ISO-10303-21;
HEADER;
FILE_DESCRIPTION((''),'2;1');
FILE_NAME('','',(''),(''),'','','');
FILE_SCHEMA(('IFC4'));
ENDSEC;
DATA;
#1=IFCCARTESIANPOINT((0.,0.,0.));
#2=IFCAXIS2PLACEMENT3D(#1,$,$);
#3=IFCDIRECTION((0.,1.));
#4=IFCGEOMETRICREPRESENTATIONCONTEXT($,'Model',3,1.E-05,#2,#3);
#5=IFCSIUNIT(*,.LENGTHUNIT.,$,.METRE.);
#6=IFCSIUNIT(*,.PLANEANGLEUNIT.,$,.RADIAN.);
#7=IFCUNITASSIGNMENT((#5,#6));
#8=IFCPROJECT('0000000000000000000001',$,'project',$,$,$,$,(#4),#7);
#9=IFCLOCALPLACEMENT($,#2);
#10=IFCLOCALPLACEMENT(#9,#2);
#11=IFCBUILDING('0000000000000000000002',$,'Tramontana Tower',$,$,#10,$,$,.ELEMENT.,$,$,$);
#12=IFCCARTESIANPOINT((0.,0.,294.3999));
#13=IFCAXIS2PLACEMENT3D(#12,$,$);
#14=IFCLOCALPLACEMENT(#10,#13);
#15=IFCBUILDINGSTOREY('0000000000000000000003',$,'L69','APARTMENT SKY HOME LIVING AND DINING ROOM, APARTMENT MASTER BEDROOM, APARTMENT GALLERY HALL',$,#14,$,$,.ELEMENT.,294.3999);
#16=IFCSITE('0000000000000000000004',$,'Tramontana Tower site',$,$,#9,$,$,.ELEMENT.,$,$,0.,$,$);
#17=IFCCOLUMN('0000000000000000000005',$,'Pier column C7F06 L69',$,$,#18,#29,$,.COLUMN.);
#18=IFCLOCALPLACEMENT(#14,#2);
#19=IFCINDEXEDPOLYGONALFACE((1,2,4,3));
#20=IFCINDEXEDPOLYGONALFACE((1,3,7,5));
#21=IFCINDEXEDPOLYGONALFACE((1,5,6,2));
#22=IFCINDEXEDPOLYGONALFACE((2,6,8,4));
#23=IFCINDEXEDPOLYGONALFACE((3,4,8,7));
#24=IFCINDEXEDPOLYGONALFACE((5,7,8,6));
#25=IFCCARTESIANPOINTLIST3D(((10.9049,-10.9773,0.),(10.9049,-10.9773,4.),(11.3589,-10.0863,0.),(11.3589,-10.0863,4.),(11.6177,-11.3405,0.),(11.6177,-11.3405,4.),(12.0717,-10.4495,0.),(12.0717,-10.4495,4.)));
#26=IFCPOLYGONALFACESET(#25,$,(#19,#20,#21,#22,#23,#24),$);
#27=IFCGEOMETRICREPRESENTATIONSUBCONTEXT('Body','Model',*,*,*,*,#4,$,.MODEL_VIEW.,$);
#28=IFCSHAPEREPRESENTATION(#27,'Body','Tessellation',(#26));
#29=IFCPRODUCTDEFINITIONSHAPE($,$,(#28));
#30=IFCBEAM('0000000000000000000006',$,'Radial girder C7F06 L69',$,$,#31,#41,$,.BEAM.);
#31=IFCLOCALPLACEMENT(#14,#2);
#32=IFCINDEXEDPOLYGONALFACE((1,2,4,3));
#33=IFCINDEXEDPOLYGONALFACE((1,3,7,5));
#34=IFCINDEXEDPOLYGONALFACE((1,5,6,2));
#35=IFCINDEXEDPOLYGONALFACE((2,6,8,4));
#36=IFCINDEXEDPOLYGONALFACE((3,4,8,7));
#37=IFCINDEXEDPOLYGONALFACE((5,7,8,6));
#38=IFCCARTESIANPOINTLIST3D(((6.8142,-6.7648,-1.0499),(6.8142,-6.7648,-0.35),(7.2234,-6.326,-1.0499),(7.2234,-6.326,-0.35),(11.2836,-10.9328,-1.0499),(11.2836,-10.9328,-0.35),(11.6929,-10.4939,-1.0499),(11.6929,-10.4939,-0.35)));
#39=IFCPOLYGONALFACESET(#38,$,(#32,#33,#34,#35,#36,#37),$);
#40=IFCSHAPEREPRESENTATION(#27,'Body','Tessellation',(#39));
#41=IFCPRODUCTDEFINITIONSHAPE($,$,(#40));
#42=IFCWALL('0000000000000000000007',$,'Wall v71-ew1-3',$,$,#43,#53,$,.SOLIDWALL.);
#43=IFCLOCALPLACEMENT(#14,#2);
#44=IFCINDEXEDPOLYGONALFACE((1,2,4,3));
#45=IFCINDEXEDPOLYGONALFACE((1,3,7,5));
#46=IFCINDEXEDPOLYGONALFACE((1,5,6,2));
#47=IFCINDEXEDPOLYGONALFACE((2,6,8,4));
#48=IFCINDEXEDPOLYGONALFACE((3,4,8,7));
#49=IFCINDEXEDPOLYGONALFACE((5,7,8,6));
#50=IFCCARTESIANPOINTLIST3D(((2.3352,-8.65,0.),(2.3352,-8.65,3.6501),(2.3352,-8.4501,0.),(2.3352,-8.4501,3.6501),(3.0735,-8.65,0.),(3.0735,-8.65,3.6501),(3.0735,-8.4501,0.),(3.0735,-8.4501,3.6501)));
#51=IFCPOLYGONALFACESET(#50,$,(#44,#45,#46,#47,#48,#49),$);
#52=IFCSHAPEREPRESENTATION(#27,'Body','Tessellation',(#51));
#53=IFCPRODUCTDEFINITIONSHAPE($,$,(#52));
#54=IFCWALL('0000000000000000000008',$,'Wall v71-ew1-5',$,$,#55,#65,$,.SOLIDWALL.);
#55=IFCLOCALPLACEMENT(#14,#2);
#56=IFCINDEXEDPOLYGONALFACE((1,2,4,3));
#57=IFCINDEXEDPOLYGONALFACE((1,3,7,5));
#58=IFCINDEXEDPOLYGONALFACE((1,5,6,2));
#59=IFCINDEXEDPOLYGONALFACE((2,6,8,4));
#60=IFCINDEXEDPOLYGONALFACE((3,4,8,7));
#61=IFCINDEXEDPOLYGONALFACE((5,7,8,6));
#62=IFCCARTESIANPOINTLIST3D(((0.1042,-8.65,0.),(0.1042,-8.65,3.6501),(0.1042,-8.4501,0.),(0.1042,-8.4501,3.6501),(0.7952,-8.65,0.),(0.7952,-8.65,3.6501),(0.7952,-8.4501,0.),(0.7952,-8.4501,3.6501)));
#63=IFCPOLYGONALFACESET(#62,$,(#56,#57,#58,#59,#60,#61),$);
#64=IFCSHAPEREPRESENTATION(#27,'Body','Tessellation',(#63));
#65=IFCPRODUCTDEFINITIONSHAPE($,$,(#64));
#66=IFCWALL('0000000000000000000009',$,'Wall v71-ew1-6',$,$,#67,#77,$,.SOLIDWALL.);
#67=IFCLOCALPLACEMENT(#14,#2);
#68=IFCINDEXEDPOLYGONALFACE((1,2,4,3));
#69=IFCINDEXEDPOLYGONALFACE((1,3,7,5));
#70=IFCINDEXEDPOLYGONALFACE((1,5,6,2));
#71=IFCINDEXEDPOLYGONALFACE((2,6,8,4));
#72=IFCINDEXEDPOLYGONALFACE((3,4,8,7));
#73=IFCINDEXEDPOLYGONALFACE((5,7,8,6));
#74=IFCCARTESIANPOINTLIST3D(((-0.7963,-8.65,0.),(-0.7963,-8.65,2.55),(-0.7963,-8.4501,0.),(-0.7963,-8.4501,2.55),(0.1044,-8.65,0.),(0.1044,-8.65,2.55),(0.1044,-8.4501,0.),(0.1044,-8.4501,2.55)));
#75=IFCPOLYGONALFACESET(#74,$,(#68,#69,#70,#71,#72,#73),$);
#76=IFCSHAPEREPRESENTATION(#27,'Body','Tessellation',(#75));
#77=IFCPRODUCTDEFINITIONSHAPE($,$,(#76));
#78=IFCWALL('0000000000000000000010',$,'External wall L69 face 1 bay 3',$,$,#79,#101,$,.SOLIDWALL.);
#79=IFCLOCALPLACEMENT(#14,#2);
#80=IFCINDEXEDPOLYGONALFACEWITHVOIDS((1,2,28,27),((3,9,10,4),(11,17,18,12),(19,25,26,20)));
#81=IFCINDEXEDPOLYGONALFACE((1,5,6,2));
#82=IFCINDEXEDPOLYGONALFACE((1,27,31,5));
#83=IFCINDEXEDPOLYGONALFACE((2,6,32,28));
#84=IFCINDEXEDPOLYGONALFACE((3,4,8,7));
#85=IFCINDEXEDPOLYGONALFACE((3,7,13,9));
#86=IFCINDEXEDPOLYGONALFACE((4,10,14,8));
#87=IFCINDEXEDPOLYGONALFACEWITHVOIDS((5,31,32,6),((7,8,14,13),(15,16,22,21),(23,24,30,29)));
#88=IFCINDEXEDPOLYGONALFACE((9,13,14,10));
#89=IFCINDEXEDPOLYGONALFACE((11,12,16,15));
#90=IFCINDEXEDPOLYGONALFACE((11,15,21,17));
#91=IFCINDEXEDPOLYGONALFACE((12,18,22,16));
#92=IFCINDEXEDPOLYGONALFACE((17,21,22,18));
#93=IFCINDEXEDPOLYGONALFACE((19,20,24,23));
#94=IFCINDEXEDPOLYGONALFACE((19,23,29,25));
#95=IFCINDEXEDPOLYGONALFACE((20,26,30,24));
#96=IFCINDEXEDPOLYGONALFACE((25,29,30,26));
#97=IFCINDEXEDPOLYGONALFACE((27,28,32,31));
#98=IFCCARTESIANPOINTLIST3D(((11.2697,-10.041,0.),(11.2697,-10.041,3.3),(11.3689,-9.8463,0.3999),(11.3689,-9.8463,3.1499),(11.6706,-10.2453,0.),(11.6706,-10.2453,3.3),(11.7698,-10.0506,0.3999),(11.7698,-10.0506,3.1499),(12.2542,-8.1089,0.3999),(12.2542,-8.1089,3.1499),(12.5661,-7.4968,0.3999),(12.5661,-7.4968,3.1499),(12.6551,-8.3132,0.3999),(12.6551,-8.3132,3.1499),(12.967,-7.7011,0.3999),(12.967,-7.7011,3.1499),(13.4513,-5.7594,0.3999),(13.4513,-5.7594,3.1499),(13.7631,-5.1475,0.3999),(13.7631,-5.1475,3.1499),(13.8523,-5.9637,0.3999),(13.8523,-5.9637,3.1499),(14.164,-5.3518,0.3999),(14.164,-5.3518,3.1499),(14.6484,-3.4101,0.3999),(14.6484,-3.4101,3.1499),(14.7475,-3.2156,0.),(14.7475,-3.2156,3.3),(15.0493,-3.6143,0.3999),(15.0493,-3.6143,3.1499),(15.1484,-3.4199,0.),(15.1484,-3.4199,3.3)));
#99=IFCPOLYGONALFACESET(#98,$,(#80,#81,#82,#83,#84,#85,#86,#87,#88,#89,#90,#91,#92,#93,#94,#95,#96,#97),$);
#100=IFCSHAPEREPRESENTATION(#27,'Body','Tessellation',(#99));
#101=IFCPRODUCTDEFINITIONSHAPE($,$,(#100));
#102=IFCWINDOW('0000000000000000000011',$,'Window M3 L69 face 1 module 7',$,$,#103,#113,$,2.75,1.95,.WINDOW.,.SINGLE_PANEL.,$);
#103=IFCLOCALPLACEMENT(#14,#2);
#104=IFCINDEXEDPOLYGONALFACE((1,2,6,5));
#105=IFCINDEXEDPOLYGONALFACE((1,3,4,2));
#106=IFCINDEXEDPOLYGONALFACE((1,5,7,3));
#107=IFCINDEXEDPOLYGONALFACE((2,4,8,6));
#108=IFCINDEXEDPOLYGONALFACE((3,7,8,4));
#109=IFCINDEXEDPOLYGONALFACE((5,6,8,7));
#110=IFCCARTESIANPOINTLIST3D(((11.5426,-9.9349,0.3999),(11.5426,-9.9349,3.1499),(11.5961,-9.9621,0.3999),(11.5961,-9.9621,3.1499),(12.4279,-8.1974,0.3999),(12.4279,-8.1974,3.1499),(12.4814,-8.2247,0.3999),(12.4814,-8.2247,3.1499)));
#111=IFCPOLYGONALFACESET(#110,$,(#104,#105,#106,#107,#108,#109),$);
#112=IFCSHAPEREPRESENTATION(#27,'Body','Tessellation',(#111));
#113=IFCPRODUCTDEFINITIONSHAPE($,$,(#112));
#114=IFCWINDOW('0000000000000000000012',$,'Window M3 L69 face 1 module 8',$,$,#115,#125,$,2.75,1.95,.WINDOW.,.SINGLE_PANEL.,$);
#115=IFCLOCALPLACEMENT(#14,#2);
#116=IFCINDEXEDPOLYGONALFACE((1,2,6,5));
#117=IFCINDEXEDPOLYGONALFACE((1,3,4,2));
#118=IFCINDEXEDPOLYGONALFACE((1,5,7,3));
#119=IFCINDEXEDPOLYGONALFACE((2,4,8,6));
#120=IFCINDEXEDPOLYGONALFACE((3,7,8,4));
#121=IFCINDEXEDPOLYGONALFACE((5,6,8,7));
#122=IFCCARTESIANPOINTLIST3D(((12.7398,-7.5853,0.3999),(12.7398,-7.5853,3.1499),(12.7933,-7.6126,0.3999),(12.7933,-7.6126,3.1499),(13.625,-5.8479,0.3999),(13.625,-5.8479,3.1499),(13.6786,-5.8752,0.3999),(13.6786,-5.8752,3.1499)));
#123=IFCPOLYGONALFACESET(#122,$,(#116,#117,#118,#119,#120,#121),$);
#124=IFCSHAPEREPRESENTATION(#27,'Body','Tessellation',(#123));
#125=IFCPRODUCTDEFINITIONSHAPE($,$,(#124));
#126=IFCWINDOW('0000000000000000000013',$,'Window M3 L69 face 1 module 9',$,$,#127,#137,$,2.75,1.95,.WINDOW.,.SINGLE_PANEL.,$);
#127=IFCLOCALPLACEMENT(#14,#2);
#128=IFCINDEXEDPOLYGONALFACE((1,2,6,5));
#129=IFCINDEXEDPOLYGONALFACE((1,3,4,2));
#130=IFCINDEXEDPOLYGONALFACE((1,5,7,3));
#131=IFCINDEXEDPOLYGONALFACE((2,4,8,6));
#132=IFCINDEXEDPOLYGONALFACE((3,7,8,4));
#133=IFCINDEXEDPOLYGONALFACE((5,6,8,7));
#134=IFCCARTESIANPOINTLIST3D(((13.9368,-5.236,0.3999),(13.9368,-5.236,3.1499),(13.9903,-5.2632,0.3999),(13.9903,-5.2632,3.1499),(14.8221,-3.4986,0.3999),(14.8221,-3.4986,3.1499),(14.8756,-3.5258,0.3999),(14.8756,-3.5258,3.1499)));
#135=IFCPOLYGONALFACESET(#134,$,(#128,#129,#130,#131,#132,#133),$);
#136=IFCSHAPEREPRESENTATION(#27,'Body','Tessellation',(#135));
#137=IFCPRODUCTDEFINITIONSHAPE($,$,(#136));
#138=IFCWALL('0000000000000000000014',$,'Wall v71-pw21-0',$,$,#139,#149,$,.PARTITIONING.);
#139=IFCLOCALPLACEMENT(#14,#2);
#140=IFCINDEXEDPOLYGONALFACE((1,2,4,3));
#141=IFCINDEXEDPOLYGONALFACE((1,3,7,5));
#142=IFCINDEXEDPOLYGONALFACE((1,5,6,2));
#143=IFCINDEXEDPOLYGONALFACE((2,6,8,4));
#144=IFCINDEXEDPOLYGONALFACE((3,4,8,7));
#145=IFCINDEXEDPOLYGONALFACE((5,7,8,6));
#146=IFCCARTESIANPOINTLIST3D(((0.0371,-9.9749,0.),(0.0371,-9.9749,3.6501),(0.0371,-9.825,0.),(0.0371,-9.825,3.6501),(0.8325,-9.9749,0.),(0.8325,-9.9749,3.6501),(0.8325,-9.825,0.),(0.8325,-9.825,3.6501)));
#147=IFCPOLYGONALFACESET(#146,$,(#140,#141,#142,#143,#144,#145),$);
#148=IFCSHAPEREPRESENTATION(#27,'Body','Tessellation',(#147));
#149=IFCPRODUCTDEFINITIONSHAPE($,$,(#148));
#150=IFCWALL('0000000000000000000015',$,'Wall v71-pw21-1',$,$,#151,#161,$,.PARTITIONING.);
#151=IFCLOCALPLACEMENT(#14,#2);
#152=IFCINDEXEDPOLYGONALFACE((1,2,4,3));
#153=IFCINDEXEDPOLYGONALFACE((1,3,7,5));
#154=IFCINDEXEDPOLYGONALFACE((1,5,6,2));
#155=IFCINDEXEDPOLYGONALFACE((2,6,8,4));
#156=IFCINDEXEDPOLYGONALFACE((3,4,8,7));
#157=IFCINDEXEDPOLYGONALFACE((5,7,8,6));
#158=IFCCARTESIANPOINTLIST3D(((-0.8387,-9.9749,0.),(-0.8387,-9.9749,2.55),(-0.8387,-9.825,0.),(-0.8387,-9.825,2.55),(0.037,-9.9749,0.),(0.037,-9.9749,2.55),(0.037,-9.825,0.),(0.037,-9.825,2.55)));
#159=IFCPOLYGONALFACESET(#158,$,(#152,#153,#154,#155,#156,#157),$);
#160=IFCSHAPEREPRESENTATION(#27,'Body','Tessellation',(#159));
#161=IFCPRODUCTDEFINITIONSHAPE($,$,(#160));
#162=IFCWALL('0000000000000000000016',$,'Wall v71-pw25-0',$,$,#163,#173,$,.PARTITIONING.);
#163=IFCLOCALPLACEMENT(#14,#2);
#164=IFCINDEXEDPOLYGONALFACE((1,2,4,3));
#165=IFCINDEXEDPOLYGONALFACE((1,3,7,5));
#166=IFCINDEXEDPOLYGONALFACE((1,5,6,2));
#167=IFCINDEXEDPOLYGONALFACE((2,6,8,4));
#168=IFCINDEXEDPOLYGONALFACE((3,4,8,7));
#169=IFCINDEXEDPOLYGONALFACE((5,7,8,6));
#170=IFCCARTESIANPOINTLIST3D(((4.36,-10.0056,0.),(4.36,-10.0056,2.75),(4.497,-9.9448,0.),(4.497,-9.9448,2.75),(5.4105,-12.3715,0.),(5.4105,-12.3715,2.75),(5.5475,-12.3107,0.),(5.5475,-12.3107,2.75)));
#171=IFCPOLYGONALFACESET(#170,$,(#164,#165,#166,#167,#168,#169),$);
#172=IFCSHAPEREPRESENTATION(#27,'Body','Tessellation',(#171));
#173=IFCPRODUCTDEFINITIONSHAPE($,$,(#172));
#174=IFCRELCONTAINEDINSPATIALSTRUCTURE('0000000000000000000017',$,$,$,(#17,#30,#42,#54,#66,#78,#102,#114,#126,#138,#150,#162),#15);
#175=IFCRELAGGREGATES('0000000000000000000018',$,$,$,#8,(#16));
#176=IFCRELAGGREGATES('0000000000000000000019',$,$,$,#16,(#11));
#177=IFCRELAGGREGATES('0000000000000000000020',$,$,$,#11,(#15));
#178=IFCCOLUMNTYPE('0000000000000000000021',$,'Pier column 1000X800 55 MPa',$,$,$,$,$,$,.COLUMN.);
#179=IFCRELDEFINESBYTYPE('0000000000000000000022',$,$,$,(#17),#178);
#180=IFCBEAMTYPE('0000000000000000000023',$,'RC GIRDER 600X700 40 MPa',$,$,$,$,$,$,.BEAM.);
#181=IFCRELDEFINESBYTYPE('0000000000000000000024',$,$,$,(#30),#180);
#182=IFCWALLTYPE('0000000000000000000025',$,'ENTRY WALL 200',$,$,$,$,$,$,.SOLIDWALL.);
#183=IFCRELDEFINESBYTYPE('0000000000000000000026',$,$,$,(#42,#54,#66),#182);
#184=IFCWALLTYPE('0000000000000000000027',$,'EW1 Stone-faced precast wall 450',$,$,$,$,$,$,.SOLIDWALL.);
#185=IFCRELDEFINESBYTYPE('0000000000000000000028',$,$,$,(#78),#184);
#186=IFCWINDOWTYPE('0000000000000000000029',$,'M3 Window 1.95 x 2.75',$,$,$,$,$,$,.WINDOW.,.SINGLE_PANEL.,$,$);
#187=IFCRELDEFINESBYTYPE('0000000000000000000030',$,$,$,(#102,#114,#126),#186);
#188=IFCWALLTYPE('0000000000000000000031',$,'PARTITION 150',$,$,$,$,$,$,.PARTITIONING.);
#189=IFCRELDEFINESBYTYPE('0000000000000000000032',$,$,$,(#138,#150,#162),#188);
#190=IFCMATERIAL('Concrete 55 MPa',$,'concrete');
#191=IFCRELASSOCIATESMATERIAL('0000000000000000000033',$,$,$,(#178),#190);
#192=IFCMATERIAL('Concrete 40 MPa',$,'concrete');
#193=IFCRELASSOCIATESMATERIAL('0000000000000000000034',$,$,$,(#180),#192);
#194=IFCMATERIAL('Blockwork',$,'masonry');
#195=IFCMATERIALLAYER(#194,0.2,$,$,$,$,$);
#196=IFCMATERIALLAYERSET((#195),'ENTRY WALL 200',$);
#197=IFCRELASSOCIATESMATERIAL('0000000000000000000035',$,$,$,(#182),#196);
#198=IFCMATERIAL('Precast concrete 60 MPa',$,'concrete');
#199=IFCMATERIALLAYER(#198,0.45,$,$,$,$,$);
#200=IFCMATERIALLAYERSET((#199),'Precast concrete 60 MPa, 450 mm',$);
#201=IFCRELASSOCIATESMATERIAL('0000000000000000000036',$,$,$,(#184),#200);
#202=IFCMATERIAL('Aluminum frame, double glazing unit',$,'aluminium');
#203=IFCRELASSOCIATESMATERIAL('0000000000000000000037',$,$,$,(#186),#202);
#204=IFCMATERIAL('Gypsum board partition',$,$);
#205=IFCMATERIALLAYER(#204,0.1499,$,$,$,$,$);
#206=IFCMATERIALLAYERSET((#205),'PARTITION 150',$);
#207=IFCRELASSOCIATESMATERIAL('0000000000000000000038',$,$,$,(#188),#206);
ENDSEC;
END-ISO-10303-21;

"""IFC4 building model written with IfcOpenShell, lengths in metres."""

from ifc_helpers import new_model, si_unit, direction, frame, frame_2d, origin, origin_2d, place, context, subcontext, project, spatial, rectangle, extrude, material, layer, layer_set, material_profile, profile_set, type_object, element, fill, save


model = new_model("IFC4")

# Units and contexts
model_context = context("Model", 3, precision=1e-05, world=origin(), true_north=direction((0.0, 1.0)))
body_context = subcontext(model_context, "Body", "Model", "MODEL_VIEW")
ifc_project = project(units=[si_unit("LENGTHUNIT", "METRE"), si_unit("PLANEANGLEUNIT", "RADIAN")], contexts=[model_context])

# Site, building, storey
site_placement = place(None, origin())
site = spatial("IfcSite", under=ifc_project, at=site_placement, Name="Tramontana Tower site", CompositionType="ELEMENT", RefElevation=0.0)
building_placement = place(site_placement, origin())
building = spatial("IfcBuilding", under=site, at=building_placement, Name="Tramontana Tower", CompositionType="ELEMENT")
storey_placement = place(building_placement, frame((0.0, 0.0, 294.3999)))
storey = spatial("IfcBuildingStorey", under=building, at=storey_placement, Name="L69", Description="APARTMENT SKY HOME LIVING AND DINING ROOM, APARTMENT MASTER BEDROOM, APARTMENT GALLERY HALL", CompositionType="ELEMENT", Elevation=294.3999)

# Column
ifc_material_1 = material(Name="Concrete 55 MPa", Category="concrete")
ifc_material_profile_1 = material_profile(ifc_material_1, rectangle(XDim=1.0, YDim=0.8, at=origin_2d()), Name="Pier column 1000X800 55 MPa")
ifc_profile_set_1 = profile_set([ifc_material_profile_1], Name="Concrete 55 MPa")
column_type = type_object("IfcColumnType", Name="Pier column 1000X800 55 MPa", PredefinedType="COLUMN", material=ifc_profile_set_1)
column_placement = place(storey_placement, frame((11.4883, -10.7134, 0.0), z_axis=(0.0, 0.0, 1.0), x_axis=(0.45399, 0.891007, 0.0)))
element("IfcColumn", 1, at=column_placement, inside=storey, type_object=column_type, Name="Pier column C7F06 L69", PredefinedType="COLUMN", context=body_context, shape_type="SweptSolid", body=[
    extrude(rectangle(XDim=1.0, YDim=0.8, at=origin_2d()), origin(), (0.0, 0.0, 1.0), 4.0),
])

# Beam
ifc_material_2 = material(Name="Concrete 40 MPa", Category="concrete")
ifc_material_profile_2 = material_profile(ifc_material_2, rectangle(XDim=0.6001, YDim=0.7, at=origin_2d()), Name="RC GIRDER 600X700 40 MPa")
ifc_profile_set_2 = profile_set([ifc_material_profile_2], Name="Concrete 40 MPa")
beam_type = type_object("IfcBeamType", Name="RC GIRDER 600X700 40 MPa", PredefinedType="BEAM", material=ifc_profile_set_2)
beam_placement = place(storey_placement, frame((11.4883, -10.7134, -0.7), z_axis=(-0.731345, 0.682008, 0.0), x_axis=(-0.682008, -0.731345, 0.0)))
element("IfcBeam", 2, at=beam_placement, inside=storey, type_object=beam_type, Name="Radial girder C7F06 L69", PredefinedType="BEAM", context=body_context, shape_type="SweptSolid", body=[
    extrude(rectangle(XDim=0.6001, YDim=0.7, at=origin_2d()), origin(), (0.0, 0.0, 1.0), 6.1113),
])

# Wall
ifc_material_3 = material(Name="Blockwork", Category="masonry")
ifc_layer_1 = layer(ifc_material_3, 0.2)
ifc_layer_set_1 = layer_set([ifc_layer_1], Name="ENTRY WALL 200")
wall_type_1 = type_object("IfcWallType", Name="ENTRY WALL 200", PredefinedType="SOLIDWALL", material=ifc_layer_set_1)
wall_1_placement = place(storey_placement, frame((3.0735, -8.55, 0.0), z_axis=(0.0, 0.0, 1.0), x_axis=(-1.0, 0.0, 0.0)))
element("IfcWall", 3, at=wall_1_placement, inside=storey, type_object=wall_type_1, Name="Wall v71-ew1-3", PredefinedType="SOLIDWALL", context=body_context, shape_type="SweptSolid", body=[
    extrude(rectangle(XDim=0.7383, YDim=0.2, at=frame_2d((0.3691, 0.0))), origin(), (0.0, 0.0, 1.0), 3.6501),
])

# Walls
wall_2_placement = place(storey_placement, frame((0.7952, -8.55, 0.0), z_axis=(0.0, 0.0, 1.0), x_axis=(-1.0, 0.0, 0.0)))
element("IfcWall", 4, at=wall_2_placement, inside=storey, type_object=wall_type_1, Name="Wall v71-ew1-5", PredefinedType="SOLIDWALL", context=body_context, shape_type="SweptSolid", body=[
    extrude(rectangle(XDim=0.6909, YDim=0.2, at=frame_2d((0.3455, 0.0))), origin(), (0.0, 0.0, 1.0), 3.6501),
])
wall_3_placement = place(storey_placement, frame((0.1042, -8.55, 0.0), z_axis=(0.0, 0.0, 1.0), x_axis=(-1.0, 0.0, 0.0)))
element("IfcWall", 5, at=wall_3_placement, inside=storey, type_object=wall_type_1, Name="Wall v71-ew1-6", PredefinedType="SOLIDWALL", context=body_context, shape_type="SweptSolid", body=[
    extrude(rectangle(XDim=0.9006, YDim=0.2, at=frame_2d((0.4502, 0.0))), origin(), (0.0, 0.0, 1.0), 2.55),
])

# Wall, openings, windows
ifc_material_4 = material(Name="Precast concrete 60 MPa", Category="concrete")
ifc_layer_2 = layer(ifc_material_4, 0.45)
ifc_layer_set_2 = layer_set([ifc_layer_2], Name="Precast concrete 60 MPa, 450 mm")
wall_type_2 = type_object("IfcWallType", Name="EW1 Stone-faced precast wall 450", PredefinedType="SOLIDWALL", material=ifc_layer_set_2)
wall_4_placement = place(storey_placement, frame((11.4702, -10.1431, 0.0), z_axis=(0.0, 0.0, 1.0), x_axis=(0.453995, 0.891004, 0.0)))
wall_4 = element("IfcWall", 6, at=wall_4_placement, inside=storey, type_object=wall_type_2, Name="External wall L69 face 1 bay 3", PredefinedType="SOLIDWALL", context=body_context, shape_type="SweptSolid", body=[
    extrude(rectangle(XDim=7.6604, YDim=0.45, at=frame_2d((3.8301, 0.0))), origin(), (0.0, 0.0, 1.0), 3.3),
])
opening_1_placement = place(wall_4_placement, frame((0.2183, 0.0, 0.3999)))
opening_1 = element("IfcOpeningElement", 7, at=opening_1_placement, cuts=wall_4, PredefinedType="OPENING", context=body_context, shape_type="SweptSolid", body=[
    extrude(rectangle(XDim=1.95, YDim=2.75, at=frame_2d((0.9751, 1.375))), frame((0.0, 0.2349, 0.0), z_axis=(0.0, -1.0, 0.0), x_axis=(1.0, 0.0, 0.0)), (0.0, 0.0, 1.0), 0.47),
])
opening_2_placement = place(wall_4_placement, frame((2.8552, 0.0, 0.3999)))
opening_2 = element("IfcOpeningElement", 8, at=opening_2_placement, cuts=wall_4, PredefinedType="OPENING", context=body_context, shape_type="SweptSolid", body=[
    extrude(rectangle(XDim=1.95, YDim=2.75, at=frame_2d((0.9751, 1.375))), frame((0.0, 0.2349, 0.0), z_axis=(0.0, -1.0, 0.0), x_axis=(1.0, 0.0, 0.0)), (0.0, 0.0, 1.0), 0.47),
])
opening_3_placement = place(wall_4_placement, frame((5.4919, 0.0, 0.3999)))
opening_3 = element("IfcOpeningElement", 9, at=opening_3_placement, cuts=wall_4, PredefinedType="OPENING", context=body_context, shape_type="SweptSolid", body=[
    extrude(rectangle(XDim=1.95, YDim=2.75, at=frame_2d((0.9751, 1.375))), frame((0.0, 0.2349, 0.0), z_axis=(0.0, -1.0, 0.0), x_axis=(1.0, 0.0, 0.0)), (0.0, 0.0, 1.0), 0.47),
])
ifc_material_5 = material(Name="Aluminum frame, double glazing unit", Category="aluminium")
window_type = type_object("IfcWindowType", Name="M3 Window 1.95 x 2.75", PartitioningType="SINGLE_PANEL", PredefinedType="WINDOW", material=ifc_material_5)
window_1_placement = place(opening_1_placement, origin())
window_1 = element("IfcWindow", 10, at=window_1_placement, inside=storey, type_object=window_type, Name="Window M3 L69 face 1 module 7", OverallHeight=2.75, OverallWidth=1.95, PartitioningType="SINGLE_PANEL", PredefinedType="WINDOW", context=body_context, shape_type="SweptSolid", body=[
    extrude(rectangle(XDim=1.95, YDim=2.75, at=frame_2d((0.9751, 1.375))), frame((0.0, 0.03, 0.0), z_axis=(0.0, -1.0, 0.0), x_axis=(1.0, 0.0, 0.0)), (0.0, 0.0, 1.0), 0.0601),
])
fill(opening_1, window_1)
window_2_placement = place(opening_2_placement, origin())
window_2 = element("IfcWindow", 11, at=window_2_placement, inside=storey, type_object=window_type, Name="Window M3 L69 face 1 module 8", OverallHeight=2.75, OverallWidth=1.95, PartitioningType="SINGLE_PANEL", PredefinedType="WINDOW", context=body_context, shape_type="SweptSolid", body=[
    extrude(rectangle(XDim=1.95, YDim=2.75, at=frame_2d((0.9751, 1.375))), frame((0.0, 0.03, 0.0), z_axis=(0.0, -1.0, 0.0), x_axis=(1.0, 0.0, 0.0)), (0.0, 0.0, 1.0), 0.0601),
])
fill(opening_2, window_2)
window_3_placement = place(opening_3_placement, origin())
window_3 = element("IfcWindow", 12, at=window_3_placement, inside=storey, type_object=window_type, Name="Window M3 L69 face 1 module 9", OverallHeight=2.75, OverallWidth=1.95, PartitioningType="SINGLE_PANEL", PredefinedType="WINDOW", context=body_context, shape_type="SweptSolid", body=[
    extrude(rectangle(XDim=1.95, YDim=2.75, at=frame_2d((0.9751, 1.375))), frame((0.0, 0.03, 0.0), z_axis=(0.0, -1.0, 0.0), x_axis=(1.0, 0.0, 0.0)), (0.0, 0.0, 1.0), 0.0601),
])
fill(opening_3, window_3)

# Walls
ifc_material_6 = material(Name="Gypsum board partition")
ifc_layer_3 = layer(ifc_material_6, 0.1499)
ifc_layer_set_3 = layer_set([ifc_layer_3], Name="PARTITION 150")
wall_type_3 = type_object("IfcWallType", Name="PARTITION 150", PredefinedType="PARTITIONING", material=ifc_layer_set_3)
wall_5_placement = place(storey_placement, frame((0.8325, -9.8999, 0.0), z_axis=(0.0, 0.0, 1.0), x_axis=(-1.0, 0.0, 0.0)))
element("IfcWall", 13, at=wall_5_placement, inside=storey, type_object=wall_type_3, Name="Wall v71-pw21-0", PredefinedType="PARTITIONING", context=body_context, shape_type="SweptSolid", body=[
    extrude(rectangle(XDim=0.7954, YDim=0.1499, at=frame_2d((0.3977, 0.0))), origin(), (0.0, 0.0, 1.0), 3.6501),
])
wall_6_placement = place(storey_placement, frame((0.0371, -9.8999, 0.0), z_axis=(0.0, 0.0, 1.0), x_axis=(-1.0, 0.0, 0.0)))
element("IfcWall", 14, at=wall_6_placement, inside=storey, type_object=wall_type_3, Name="Wall v71-pw21-1", PredefinedType="PARTITIONING", context=body_context, shape_type="SweptSolid", body=[
    extrude(rectangle(XDim=0.8757, YDim=0.1499, at=frame_2d((0.438, 0.0))), origin(), (0.0, 0.0, 1.0), 2.55),
])

# Wall
wall_7_placement = place(storey_placement, frame((4.4285, -9.9751, 0.0), z_axis=(0.0, 0.0, 1.0), x_axis=(0.405815, -0.913955, 0.0)))
element("IfcWall", 15, at=wall_7_placement, inside=storey, type_object=wall_type_3, Name="Wall v71-pw25-0", PredefinedType="PARTITIONING", context=body_context, shape_type="SweptSolid", body=[
    extrude(rectangle(XDim=2.5886, YDim=0.1499, at=frame_2d((1.2944, 0.0))), origin(), (0.0, 0.0, 1.0), 2.75),
])

save(model, "model.ifc")
